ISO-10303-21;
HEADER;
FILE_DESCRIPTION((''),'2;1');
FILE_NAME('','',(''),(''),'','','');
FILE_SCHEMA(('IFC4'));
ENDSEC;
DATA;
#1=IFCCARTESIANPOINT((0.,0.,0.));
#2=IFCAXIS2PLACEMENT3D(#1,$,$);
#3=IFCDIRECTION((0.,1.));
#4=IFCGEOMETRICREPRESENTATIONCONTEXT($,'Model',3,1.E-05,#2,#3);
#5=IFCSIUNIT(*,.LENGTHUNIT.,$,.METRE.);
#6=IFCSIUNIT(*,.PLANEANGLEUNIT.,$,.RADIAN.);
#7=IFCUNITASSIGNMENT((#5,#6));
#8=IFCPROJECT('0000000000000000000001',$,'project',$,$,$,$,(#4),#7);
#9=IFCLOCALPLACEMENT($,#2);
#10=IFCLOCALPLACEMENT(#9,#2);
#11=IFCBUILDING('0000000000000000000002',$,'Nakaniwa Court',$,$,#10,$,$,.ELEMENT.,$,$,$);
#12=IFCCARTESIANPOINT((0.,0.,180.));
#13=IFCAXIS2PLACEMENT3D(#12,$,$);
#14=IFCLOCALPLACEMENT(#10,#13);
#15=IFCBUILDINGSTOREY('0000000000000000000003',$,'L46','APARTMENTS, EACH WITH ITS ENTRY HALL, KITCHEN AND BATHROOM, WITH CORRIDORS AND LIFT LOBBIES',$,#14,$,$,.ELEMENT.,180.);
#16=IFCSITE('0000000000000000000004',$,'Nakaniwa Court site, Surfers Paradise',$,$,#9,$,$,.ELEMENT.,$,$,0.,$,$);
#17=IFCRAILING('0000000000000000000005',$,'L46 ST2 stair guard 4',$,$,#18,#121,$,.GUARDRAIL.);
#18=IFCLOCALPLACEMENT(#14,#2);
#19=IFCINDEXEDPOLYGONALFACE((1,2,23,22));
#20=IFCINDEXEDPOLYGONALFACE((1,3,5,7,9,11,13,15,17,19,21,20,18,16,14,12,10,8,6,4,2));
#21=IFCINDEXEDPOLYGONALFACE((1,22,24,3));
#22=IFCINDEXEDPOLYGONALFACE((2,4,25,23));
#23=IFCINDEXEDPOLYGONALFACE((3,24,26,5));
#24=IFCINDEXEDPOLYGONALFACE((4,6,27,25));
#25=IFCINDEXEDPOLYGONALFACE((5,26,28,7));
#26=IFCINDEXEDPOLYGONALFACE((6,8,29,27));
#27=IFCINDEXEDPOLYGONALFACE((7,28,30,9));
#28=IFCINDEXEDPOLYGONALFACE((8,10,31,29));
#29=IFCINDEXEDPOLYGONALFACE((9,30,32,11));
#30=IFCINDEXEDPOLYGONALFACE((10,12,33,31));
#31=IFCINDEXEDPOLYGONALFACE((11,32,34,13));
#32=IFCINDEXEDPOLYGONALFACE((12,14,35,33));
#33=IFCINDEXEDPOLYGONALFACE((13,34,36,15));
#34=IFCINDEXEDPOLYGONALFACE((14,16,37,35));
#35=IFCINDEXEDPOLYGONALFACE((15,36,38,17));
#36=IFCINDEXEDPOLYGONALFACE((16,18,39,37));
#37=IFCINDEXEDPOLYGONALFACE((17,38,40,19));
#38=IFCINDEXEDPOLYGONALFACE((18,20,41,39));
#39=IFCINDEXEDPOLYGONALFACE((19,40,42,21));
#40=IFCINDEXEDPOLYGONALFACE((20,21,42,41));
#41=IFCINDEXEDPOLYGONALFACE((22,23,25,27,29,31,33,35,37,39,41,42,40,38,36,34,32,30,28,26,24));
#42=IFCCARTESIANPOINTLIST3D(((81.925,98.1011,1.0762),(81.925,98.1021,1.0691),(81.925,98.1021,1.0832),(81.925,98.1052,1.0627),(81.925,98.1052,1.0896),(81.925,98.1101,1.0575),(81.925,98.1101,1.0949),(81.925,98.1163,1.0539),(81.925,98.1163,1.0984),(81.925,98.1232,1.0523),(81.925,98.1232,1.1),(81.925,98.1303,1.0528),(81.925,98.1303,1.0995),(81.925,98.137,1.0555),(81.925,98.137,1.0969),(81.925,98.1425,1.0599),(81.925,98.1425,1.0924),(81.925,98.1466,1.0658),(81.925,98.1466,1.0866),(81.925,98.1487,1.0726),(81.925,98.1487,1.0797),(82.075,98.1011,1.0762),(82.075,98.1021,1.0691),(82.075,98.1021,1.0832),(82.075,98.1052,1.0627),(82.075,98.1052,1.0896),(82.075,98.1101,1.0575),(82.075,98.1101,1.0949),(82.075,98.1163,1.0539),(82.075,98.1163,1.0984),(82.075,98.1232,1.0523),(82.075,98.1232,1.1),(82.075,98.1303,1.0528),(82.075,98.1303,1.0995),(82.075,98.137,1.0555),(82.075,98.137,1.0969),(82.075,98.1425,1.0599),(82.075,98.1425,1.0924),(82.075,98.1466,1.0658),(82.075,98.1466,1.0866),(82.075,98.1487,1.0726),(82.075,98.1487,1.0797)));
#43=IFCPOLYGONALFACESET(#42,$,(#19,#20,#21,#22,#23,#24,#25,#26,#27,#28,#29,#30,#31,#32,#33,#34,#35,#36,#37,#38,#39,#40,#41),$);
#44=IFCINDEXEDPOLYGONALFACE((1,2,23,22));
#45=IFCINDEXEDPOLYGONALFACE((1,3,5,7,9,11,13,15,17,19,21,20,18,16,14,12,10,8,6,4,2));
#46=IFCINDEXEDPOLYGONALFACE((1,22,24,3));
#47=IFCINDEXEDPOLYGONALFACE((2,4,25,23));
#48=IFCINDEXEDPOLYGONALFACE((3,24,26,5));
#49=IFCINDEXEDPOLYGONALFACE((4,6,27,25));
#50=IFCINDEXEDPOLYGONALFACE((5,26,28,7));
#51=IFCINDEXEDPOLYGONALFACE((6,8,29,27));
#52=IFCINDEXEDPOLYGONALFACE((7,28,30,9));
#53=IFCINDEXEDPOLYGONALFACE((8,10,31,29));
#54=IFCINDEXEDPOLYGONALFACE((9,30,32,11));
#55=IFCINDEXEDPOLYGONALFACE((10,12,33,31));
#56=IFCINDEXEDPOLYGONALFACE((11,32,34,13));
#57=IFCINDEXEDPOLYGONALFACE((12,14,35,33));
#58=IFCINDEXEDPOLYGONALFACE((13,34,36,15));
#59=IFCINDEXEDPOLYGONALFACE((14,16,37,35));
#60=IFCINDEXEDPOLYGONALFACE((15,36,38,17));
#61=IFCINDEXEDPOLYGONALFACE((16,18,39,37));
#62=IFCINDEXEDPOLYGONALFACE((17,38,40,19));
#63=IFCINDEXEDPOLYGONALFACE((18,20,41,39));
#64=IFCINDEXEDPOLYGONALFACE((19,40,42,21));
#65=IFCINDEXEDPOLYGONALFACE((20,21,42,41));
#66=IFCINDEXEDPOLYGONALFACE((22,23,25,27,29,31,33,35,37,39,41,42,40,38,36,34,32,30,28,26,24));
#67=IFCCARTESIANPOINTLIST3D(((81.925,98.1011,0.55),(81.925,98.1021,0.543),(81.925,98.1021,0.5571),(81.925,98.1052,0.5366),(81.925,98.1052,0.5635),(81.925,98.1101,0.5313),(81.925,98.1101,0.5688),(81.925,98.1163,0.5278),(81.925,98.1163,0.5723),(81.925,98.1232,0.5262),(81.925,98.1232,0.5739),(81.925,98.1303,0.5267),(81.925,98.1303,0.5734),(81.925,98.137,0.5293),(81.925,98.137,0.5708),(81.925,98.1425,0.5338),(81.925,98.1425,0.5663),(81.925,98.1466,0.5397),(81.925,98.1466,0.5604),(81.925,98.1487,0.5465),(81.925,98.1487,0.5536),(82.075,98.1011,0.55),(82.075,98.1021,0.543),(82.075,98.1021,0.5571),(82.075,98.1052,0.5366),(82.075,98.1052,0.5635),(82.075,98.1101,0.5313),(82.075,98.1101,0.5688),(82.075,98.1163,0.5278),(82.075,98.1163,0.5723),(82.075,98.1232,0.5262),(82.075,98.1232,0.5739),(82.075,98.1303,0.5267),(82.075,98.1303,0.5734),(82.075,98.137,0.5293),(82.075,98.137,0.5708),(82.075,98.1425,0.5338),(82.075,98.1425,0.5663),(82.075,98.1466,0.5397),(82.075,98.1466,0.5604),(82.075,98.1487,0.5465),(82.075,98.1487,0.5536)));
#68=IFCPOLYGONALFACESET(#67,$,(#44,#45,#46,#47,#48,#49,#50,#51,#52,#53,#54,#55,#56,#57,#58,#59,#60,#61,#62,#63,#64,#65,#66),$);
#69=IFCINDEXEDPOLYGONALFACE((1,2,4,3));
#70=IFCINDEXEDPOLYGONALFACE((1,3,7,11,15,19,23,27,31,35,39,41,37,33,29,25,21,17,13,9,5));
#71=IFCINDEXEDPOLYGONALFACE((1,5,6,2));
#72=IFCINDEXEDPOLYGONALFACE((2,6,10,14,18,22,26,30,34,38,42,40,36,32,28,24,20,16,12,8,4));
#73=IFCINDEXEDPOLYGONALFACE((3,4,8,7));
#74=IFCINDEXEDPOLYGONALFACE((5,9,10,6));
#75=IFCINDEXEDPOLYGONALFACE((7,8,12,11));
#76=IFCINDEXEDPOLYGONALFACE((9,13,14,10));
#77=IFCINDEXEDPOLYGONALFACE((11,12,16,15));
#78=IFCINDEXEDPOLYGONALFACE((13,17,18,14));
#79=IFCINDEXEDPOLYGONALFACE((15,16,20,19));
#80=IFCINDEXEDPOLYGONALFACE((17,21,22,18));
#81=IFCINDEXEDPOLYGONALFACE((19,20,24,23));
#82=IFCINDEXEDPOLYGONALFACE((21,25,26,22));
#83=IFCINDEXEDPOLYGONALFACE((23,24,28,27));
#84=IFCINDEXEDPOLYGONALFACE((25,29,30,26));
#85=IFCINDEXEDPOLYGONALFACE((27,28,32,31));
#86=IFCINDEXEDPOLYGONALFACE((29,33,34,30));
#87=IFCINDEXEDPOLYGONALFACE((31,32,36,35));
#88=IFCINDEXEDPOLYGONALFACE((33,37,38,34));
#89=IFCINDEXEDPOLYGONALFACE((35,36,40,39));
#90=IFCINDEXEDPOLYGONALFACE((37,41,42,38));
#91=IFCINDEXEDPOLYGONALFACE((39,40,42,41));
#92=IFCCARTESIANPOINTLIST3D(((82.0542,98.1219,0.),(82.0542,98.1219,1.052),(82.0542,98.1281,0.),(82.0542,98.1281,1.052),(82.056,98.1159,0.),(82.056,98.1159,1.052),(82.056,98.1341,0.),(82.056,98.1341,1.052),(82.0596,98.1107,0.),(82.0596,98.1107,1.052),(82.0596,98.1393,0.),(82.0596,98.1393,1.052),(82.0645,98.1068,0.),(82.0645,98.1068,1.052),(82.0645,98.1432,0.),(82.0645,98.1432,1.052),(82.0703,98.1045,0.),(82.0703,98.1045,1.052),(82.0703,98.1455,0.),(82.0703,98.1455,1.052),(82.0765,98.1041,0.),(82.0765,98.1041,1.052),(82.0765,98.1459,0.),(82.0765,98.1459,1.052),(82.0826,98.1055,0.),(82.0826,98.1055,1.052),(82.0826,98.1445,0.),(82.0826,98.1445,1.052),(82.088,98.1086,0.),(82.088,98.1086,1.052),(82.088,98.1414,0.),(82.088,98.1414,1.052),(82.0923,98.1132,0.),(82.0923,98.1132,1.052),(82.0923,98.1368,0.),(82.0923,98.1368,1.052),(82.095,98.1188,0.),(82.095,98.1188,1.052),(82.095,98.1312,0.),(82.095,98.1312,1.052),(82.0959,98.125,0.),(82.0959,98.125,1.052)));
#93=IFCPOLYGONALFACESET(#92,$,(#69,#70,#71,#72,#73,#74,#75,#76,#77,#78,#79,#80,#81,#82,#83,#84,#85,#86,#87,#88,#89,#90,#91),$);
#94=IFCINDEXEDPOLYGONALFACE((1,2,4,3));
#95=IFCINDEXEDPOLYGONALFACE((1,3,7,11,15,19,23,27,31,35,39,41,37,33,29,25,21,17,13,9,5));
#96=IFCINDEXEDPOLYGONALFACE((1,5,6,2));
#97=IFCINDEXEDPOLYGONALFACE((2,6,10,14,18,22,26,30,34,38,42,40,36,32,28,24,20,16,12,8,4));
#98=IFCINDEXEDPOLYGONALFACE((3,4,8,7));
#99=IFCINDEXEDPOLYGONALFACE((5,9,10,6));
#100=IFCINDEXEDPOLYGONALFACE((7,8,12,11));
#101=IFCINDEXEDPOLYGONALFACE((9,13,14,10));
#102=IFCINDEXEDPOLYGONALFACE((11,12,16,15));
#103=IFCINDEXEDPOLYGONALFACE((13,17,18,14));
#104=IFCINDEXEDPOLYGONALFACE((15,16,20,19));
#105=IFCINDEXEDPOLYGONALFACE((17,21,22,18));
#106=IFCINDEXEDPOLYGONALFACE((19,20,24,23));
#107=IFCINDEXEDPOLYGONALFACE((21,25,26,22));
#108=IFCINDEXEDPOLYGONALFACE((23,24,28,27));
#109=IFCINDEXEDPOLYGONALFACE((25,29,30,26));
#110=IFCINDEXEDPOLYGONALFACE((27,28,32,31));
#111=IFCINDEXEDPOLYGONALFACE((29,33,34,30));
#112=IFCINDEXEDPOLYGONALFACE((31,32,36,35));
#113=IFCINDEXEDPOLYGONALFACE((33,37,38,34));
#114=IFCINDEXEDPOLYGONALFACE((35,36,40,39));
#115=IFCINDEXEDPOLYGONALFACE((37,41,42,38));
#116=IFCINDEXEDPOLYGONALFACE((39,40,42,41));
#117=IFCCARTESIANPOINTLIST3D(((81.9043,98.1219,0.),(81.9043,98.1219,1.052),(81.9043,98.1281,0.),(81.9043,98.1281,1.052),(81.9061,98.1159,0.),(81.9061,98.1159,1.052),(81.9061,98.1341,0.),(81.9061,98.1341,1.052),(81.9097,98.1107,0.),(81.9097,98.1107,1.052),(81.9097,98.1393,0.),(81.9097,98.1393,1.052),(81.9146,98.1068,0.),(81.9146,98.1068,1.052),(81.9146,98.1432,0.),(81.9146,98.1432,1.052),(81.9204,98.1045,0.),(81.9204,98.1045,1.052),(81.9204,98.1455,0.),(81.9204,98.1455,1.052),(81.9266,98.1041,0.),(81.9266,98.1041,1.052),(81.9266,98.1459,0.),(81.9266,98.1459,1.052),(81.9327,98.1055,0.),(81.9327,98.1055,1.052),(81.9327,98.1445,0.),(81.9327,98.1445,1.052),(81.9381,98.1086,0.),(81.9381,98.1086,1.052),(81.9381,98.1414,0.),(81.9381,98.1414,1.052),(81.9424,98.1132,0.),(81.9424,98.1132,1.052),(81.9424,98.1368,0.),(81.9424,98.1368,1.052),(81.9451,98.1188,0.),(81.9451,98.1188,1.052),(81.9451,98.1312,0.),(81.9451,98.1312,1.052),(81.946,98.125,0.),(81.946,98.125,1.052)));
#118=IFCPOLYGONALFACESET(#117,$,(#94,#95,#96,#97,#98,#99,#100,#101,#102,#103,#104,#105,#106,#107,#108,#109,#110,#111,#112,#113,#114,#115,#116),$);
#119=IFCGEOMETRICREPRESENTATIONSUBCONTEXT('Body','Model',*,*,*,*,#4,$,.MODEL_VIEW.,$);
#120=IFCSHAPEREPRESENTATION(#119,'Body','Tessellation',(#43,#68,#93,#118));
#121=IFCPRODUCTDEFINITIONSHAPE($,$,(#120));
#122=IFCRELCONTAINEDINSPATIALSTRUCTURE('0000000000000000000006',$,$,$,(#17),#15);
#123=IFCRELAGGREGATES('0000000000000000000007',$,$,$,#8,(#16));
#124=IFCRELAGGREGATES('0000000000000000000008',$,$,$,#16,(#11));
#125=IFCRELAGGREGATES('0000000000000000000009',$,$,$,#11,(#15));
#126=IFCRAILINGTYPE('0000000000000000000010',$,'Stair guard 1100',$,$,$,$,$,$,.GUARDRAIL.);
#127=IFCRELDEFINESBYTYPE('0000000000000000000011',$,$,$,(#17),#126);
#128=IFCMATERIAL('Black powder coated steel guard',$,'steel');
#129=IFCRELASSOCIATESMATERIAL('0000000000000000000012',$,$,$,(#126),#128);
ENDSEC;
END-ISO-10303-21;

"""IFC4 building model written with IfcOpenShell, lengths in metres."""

from ifc_helpers import new_model, si_unit, direction, frame, origin, origin_2d, place, context, subcontext, project, spatial, circle, extrude, material, type_object, element, save


model = new_model("IFC4")

# Units and contexts
model_context = context("Model", 3, precision=1e-05, world=origin(), true_north=direction((0.0, 1.0)))
body_context = subcontext(model_context, "Body", "Model", "MODEL_VIEW")
ifc_project = project(units=[si_unit("LENGTHUNIT", "METRE"), si_unit("PLANEANGLEUNIT", "RADIAN")], contexts=[model_context])

# Site, building, storey
site_placement = place(None, origin())
site = spatial("IfcSite", under=ifc_project, at=site_placement, Name="Nakaniwa Court site, Surfers Paradise", CompositionType="ELEMENT", RefElevation=0.0)
building_placement = place(site_placement, origin())
building = spatial("IfcBuilding", under=site, at=building_placement, Name="Nakaniwa Court", CompositionType="ELEMENT")
storey_placement = place(building_placement, frame((0.0, 0.0, 180.0)))
storey = spatial("IfcBuildingStorey", under=building, at=storey_placement, Name="L46", Description="APARTMENTS, EACH WITH ITS ENTRY HALL, KITCHEN AND BATHROOM, WITH CORRIDORS AND LIFT LOBBIES", CompositionType="ELEMENT", Elevation=180.0)

# Railing
ifc_material_1 = material(Name="Black powder coated steel guard", Category="steel")
railing_type_1 = type_object("IfcRailingType", Name="Stair guard 1100", PredefinedType="GUARDRAIL", material=ifc_material_1)
railing_1_placement = place(storey_placement, frame((82.075, 98.125, 0.0)))
element("IfcRailing", 1, at=railing_1_placement, inside=storey, type_object=railing_type_1, Name="L46 ST2 stair guard 4", PredefinedType="GUARDRAIL", context=body_context, shape_type="SweptSolid", body=[
    extrude(circle(Radius=0.0239, at=origin_2d()), frame((0.0, 0.0, 1.0762), z_axis=(-1.0, 0.0, 0.0), x_axis=(0.0, -1.0, 0.0)), (0.0, 0.0, 1.0), 0.1499),
    extrude(circle(Radius=0.0239, at=origin_2d()), frame((0.0, 0.0, 0.55), z_axis=(-1.0, 0.0, 0.0), x_axis=(0.0, -1.0, 0.0)), (0.0, 0.0, 1.0), 0.1499),
    extrude(circle(Radius=0.021, at=origin_2d()), origin(), (0.0, 0.0, 1.0), 1.052),
    extrude(circle(Radius=0.021, at=origin_2d()), frame((-0.1499, 0.0, 0.0)), (0.0, 0.0, 1.0), 1.052),
])

save(model, "model.ifc")
